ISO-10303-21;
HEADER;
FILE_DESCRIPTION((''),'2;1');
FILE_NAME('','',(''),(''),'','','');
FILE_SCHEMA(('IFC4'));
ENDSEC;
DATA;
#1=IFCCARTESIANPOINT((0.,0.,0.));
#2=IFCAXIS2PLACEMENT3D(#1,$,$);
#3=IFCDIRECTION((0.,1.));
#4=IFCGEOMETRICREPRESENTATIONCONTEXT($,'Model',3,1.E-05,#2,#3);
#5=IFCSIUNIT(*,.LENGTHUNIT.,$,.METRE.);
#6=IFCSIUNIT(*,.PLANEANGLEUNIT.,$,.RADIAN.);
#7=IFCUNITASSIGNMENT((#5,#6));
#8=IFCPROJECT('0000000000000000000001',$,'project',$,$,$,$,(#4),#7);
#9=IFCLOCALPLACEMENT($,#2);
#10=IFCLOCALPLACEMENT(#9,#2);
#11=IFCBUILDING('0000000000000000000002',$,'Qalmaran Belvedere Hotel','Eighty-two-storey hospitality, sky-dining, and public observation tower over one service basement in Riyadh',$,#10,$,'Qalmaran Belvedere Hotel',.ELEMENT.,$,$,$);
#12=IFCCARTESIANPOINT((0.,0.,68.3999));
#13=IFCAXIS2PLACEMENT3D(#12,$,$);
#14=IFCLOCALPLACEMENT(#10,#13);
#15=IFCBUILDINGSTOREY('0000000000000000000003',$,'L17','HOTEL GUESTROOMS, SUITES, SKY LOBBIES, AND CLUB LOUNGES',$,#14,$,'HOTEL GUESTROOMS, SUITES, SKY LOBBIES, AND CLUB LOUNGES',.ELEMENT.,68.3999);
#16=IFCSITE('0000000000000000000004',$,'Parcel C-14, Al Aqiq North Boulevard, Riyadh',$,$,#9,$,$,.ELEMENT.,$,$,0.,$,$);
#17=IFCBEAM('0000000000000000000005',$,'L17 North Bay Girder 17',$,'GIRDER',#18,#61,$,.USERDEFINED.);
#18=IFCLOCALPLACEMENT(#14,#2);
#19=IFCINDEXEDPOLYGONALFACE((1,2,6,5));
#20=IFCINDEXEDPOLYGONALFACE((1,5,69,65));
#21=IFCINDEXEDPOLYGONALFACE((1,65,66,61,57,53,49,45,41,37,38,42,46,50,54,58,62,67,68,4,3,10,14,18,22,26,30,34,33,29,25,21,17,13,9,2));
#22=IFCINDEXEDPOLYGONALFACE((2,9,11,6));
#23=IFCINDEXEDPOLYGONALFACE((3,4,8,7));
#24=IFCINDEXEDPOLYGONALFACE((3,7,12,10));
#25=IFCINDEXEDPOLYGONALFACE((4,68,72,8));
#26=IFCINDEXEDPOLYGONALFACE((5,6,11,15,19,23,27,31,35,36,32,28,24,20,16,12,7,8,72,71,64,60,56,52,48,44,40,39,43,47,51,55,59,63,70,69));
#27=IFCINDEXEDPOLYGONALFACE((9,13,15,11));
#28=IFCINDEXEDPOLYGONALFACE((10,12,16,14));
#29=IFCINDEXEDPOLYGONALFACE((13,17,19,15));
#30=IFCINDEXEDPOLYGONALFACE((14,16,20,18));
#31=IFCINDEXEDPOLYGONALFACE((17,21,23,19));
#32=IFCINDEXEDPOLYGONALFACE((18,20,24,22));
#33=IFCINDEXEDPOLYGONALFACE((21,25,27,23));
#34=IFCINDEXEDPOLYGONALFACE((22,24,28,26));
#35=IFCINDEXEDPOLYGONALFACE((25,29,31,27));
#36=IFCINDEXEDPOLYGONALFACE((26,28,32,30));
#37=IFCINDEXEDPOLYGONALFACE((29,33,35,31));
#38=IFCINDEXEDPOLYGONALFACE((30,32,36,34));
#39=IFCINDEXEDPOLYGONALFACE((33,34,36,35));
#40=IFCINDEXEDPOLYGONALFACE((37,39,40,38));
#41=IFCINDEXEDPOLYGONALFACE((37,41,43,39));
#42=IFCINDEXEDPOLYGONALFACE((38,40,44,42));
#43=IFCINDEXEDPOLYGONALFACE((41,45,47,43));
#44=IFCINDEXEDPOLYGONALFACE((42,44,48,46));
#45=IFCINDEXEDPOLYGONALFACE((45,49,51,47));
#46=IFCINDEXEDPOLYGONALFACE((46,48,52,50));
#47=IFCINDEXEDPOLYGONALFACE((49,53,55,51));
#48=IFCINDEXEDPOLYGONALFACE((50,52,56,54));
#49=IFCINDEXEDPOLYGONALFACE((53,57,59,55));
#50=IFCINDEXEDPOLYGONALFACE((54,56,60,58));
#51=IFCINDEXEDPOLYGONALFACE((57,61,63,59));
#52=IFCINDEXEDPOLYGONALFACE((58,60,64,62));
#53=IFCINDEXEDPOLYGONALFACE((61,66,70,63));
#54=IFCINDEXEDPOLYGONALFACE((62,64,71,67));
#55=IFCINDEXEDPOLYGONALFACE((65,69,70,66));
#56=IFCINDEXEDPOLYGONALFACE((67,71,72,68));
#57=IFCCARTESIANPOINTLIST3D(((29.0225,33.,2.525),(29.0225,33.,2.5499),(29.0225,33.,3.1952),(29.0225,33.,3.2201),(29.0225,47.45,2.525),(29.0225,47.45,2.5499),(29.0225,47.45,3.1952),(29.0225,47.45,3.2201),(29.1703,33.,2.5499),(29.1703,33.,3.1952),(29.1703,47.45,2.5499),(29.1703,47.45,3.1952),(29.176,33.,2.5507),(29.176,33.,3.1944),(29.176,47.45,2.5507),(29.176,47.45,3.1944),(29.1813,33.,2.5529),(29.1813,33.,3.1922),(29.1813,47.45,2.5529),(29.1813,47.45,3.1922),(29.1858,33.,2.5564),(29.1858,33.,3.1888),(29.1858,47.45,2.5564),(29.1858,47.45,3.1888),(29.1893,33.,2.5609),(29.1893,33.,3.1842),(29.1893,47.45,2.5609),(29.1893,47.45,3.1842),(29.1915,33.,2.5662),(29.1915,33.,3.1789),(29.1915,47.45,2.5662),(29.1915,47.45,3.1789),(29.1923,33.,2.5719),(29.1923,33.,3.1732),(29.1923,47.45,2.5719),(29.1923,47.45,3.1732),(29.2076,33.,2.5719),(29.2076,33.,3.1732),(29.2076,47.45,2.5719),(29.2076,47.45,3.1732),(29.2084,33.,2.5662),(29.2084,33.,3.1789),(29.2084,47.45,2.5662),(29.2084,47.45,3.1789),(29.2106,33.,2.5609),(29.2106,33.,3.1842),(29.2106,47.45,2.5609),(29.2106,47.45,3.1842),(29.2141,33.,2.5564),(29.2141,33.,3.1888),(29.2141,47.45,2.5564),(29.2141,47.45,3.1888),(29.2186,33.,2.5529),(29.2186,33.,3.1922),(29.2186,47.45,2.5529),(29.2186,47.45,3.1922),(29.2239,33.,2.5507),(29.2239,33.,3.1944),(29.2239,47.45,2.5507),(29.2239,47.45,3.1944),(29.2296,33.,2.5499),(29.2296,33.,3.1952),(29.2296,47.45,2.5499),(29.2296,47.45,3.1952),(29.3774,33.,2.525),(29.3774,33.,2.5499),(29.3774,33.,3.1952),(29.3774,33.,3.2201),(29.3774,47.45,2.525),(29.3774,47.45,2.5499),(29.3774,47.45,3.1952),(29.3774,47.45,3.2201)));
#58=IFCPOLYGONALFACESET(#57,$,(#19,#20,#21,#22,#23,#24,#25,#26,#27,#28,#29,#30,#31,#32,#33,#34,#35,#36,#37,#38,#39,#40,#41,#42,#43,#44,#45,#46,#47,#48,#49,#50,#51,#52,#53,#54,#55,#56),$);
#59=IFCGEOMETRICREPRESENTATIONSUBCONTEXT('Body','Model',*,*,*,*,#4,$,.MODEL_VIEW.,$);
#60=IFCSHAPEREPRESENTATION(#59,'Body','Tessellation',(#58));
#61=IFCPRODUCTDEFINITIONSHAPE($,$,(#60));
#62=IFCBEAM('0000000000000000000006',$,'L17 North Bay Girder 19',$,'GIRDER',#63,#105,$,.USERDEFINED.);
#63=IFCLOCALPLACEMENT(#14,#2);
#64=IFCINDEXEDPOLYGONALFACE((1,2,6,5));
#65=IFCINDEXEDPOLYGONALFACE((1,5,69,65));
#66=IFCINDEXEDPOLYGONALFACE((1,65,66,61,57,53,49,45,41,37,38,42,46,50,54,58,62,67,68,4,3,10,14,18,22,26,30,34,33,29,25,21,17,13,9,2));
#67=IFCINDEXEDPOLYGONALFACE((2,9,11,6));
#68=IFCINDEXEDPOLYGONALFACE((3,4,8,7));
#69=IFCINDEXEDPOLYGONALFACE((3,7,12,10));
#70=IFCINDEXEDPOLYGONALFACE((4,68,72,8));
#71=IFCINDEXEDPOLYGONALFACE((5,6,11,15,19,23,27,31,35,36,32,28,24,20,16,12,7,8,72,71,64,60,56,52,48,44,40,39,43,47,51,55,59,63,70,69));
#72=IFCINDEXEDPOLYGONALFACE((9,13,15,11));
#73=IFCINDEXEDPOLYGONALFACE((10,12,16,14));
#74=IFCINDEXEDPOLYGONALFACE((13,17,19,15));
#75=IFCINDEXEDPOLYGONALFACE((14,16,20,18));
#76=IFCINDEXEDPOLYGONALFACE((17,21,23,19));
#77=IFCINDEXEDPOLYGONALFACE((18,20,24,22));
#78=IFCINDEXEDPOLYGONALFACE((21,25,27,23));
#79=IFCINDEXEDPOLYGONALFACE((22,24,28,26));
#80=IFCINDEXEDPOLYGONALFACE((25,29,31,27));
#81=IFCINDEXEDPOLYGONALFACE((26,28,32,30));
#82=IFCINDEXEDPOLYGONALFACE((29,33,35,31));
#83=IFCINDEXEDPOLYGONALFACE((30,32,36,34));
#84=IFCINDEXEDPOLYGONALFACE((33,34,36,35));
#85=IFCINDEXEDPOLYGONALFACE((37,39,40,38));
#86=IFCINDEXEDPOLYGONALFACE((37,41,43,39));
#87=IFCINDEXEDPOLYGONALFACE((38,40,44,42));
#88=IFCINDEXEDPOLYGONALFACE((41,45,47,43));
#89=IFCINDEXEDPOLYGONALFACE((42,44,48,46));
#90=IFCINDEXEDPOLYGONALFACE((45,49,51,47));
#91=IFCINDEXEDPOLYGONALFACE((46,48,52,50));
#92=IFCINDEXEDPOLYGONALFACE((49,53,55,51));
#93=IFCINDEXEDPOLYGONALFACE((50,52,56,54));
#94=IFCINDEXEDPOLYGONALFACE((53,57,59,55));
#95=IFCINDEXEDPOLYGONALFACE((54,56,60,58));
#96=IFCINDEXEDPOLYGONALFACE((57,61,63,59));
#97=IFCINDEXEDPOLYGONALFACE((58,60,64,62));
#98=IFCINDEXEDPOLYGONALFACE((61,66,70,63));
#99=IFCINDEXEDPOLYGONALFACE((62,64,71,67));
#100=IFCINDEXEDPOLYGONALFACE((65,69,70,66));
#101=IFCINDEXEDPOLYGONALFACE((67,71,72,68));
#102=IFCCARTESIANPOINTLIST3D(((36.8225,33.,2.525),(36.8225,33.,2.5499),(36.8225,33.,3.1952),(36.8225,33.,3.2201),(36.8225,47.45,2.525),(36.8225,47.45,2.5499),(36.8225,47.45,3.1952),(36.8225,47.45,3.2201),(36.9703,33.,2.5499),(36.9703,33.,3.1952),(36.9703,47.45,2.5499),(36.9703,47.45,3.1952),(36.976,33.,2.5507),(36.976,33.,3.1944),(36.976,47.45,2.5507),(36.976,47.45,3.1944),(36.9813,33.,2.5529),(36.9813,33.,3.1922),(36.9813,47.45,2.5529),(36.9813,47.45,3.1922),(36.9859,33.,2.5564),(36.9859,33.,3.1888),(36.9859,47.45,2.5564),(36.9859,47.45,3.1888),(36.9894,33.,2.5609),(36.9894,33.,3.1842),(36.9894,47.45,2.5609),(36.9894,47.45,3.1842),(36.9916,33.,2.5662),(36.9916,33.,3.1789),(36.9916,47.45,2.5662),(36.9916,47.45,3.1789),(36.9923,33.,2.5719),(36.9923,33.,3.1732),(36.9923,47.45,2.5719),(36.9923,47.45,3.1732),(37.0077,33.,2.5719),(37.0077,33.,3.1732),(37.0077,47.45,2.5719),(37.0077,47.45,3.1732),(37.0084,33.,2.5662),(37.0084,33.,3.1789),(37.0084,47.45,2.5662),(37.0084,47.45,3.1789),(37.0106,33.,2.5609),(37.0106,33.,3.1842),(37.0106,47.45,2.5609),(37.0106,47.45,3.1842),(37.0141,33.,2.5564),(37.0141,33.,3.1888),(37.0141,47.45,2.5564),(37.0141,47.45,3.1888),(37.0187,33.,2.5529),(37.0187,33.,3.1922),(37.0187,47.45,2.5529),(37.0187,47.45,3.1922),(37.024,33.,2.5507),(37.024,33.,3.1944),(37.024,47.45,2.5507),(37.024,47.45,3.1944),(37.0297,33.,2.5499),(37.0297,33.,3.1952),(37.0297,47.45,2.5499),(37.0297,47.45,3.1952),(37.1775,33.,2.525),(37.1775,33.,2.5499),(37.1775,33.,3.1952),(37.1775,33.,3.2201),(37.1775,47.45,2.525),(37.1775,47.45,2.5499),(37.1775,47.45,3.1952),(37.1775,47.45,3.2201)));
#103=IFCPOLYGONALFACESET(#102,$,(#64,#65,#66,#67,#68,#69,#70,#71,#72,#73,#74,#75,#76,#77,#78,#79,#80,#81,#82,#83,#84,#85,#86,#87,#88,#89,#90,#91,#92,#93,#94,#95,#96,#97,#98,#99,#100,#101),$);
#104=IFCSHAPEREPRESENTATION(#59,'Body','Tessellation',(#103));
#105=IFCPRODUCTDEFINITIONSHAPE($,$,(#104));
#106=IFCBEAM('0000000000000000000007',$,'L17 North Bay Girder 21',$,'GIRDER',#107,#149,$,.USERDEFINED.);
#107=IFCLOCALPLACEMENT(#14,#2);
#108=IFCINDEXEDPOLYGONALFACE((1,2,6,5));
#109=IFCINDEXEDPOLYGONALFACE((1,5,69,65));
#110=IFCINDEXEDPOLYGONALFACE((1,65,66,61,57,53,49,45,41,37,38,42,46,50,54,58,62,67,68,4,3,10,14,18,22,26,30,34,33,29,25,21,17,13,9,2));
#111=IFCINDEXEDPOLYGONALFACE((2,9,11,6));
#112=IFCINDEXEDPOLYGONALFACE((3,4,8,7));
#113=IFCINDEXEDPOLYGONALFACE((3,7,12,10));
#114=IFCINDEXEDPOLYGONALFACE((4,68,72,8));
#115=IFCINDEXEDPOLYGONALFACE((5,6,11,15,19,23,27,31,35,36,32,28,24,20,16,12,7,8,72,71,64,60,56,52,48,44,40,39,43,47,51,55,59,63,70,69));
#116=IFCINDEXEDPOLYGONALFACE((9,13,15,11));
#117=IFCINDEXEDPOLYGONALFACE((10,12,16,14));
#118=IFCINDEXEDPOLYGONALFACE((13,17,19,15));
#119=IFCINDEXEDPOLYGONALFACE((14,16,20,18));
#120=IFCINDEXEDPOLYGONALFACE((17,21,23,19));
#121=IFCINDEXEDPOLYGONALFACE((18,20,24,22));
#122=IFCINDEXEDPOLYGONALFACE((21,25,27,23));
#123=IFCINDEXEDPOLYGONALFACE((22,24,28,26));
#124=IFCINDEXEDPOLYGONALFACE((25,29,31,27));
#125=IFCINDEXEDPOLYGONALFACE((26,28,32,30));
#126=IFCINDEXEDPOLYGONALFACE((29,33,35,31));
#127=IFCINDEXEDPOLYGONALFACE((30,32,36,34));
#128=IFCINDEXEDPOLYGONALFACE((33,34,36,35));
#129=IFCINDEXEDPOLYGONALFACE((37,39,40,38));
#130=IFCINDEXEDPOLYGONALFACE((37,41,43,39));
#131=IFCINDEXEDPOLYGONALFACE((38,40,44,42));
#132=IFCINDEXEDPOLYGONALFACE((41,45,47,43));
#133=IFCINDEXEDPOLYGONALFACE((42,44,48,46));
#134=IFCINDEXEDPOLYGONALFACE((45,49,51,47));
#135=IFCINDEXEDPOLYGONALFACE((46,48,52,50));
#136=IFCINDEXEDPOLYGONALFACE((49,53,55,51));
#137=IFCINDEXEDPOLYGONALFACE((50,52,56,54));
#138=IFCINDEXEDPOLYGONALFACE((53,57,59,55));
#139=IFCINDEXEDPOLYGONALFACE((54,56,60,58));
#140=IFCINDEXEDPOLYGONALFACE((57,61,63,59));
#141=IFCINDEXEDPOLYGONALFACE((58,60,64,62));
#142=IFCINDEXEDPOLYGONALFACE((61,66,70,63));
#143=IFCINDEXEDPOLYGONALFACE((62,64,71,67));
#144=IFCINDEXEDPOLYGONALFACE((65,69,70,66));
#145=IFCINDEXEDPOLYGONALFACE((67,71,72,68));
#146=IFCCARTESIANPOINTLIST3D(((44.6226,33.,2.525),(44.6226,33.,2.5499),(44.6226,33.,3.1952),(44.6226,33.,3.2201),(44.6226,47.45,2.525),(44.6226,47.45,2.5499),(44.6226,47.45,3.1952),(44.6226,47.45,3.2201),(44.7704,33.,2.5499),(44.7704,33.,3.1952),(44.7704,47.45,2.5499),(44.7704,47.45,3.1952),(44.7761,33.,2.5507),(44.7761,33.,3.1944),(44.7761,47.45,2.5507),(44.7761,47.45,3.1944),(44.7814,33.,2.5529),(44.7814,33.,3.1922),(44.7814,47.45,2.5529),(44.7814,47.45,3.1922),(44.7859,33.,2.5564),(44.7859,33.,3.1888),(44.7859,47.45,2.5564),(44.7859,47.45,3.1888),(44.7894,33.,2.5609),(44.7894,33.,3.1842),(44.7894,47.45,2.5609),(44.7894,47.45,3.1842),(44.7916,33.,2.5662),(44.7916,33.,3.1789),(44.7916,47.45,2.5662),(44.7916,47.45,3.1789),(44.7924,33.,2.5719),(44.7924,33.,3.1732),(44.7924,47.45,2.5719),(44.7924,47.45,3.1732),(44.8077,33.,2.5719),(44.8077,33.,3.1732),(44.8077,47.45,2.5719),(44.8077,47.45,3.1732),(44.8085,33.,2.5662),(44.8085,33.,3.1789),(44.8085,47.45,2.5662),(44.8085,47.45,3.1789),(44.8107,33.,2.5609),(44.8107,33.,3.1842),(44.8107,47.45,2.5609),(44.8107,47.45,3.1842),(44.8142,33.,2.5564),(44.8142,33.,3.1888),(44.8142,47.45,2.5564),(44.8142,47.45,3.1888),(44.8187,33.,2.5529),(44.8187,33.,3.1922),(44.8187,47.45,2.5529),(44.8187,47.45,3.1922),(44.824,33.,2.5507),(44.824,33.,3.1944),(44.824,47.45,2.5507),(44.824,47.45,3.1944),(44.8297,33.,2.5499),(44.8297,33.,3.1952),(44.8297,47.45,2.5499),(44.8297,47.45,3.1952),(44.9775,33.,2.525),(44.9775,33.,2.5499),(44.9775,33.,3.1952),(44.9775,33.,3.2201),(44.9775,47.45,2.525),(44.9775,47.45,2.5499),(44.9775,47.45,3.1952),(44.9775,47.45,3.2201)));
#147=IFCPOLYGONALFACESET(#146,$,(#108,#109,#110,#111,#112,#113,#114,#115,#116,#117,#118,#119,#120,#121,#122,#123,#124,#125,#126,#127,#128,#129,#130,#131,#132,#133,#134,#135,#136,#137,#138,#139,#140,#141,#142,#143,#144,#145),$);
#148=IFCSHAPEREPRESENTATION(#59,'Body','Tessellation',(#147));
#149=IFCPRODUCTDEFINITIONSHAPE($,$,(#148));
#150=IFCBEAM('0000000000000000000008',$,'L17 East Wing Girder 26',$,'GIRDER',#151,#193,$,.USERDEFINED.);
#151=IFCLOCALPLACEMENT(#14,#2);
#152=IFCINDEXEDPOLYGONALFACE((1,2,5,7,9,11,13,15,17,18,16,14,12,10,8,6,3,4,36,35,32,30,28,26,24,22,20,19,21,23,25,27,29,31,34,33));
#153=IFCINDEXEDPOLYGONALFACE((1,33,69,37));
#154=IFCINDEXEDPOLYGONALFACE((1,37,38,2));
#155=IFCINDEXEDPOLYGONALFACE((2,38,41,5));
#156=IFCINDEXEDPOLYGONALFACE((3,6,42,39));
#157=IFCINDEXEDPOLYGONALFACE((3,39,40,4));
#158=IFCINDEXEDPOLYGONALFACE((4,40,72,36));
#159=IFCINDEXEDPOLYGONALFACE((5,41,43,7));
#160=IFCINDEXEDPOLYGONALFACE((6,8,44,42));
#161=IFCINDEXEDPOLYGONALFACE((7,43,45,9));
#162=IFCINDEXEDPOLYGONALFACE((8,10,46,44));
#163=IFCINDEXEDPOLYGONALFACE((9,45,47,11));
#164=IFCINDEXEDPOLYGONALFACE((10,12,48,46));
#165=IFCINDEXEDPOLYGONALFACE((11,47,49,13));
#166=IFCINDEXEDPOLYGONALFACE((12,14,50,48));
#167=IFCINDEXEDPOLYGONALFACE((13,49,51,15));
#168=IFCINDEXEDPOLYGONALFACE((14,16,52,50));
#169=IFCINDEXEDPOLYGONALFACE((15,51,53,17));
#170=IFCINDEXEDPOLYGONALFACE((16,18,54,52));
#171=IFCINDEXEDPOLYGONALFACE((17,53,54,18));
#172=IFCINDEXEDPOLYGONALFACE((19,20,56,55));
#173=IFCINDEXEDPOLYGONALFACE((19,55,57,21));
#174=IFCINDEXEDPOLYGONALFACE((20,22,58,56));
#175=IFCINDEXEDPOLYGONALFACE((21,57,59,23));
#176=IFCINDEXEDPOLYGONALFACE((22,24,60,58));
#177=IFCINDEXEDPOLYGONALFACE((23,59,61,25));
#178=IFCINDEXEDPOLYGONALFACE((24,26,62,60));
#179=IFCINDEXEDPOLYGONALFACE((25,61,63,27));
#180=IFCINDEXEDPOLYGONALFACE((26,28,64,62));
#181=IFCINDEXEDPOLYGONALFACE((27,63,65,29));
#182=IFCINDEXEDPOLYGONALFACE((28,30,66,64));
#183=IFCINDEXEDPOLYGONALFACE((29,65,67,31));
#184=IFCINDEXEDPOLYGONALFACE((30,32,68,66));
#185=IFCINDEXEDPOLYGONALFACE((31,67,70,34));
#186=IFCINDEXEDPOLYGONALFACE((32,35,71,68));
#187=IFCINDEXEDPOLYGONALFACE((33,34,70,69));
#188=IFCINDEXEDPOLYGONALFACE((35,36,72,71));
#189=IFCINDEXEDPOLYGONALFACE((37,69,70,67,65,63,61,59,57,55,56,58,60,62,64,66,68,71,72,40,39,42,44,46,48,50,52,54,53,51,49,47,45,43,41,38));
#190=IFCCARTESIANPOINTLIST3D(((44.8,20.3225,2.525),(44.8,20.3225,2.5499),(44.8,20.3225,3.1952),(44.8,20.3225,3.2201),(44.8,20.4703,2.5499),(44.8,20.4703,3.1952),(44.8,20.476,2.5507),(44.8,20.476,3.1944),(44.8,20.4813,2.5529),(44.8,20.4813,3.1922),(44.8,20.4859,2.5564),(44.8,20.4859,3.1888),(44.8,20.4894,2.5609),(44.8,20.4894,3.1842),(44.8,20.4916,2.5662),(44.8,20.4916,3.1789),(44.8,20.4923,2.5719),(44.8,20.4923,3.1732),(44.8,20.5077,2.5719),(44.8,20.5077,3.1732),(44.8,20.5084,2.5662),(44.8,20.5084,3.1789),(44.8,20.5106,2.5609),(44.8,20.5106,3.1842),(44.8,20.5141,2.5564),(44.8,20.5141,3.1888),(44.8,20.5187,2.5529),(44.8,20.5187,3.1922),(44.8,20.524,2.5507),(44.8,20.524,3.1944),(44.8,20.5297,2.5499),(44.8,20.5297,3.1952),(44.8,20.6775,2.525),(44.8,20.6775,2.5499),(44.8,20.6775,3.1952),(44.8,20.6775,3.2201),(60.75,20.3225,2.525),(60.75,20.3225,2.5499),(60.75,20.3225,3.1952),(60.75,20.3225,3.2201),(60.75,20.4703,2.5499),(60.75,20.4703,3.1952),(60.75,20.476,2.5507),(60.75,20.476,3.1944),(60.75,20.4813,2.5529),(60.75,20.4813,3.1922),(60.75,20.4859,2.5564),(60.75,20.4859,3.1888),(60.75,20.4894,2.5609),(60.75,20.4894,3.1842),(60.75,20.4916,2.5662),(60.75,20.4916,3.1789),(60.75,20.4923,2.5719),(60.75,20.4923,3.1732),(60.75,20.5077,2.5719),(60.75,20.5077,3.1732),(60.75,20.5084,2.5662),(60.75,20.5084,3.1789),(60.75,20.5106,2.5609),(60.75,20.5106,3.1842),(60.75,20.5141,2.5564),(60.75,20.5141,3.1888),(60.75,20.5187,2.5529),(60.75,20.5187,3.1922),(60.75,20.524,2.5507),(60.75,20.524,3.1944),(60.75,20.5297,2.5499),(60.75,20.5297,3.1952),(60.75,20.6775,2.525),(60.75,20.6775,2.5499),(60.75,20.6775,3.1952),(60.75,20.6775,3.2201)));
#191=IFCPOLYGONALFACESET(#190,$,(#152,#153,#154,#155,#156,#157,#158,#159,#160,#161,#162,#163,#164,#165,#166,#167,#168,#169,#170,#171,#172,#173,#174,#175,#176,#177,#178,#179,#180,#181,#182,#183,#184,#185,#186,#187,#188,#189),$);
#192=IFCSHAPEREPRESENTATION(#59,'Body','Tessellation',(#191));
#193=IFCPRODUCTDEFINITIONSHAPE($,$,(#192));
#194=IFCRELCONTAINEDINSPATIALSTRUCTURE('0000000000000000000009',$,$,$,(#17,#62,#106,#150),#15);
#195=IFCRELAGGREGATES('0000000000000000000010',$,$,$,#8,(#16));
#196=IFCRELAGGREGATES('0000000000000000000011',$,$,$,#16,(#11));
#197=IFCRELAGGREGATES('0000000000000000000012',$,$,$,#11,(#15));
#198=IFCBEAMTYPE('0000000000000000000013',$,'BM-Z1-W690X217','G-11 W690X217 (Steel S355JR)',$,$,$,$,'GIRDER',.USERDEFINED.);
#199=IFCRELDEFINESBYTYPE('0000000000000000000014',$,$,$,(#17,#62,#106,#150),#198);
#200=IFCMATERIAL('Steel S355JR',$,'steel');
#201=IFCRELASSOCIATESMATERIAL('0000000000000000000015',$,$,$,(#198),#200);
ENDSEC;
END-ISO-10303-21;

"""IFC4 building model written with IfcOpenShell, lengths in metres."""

from ifc_helpers import new_model, si_unit, direction, frame, origin, origin_2d, place, context, subcontext, project, spatial, i_section, extrude, material, material_profile, profile_set, type_object, element, save


model = new_model("IFC4")

# Units and contexts
model_context = context("Model", 3, precision=1e-05, world=origin(), true_north=direction((0.0, 1.0)))
body_context = subcontext(model_context, "Body", "Model", "MODEL_VIEW")
ifc_project = project(units=[si_unit("LENGTHUNIT", "METRE"), si_unit("PLANEANGLEUNIT", "RADIAN")], contexts=[model_context])

# Site, building, storey
site_placement = place(None, origin())
site = spatial("IfcSite", under=ifc_project, at=site_placement, Name="Parcel C-14, Al Aqiq North Boulevard, Riyadh", CompositionType="ELEMENT", RefElevation=0.0)
building_placement = place(site_placement, origin())
building = spatial("IfcBuilding", under=site, at=building_placement, Name="Qalmaran Belvedere Hotel", Description="Eighty-two-storey hospitality, sky-dining, and public observation tower over one service basement in Riyadh", LongName="Qalmaran Belvedere Hotel", CompositionType="ELEMENT")
storey_placement = place(building_placement, frame((0.0, 0.0, 68.3999)))
storey = spatial("IfcBuildingStorey", under=building, at=storey_placement, Name="L17", Description="HOTEL GUESTROOMS, SUITES, SKY LOBBIES, AND CLUB LOUNGES", LongName="HOTEL GUESTROOMS, SUITES, SKY LOBBIES, AND CLUB LOUNGES", CompositionType="ELEMENT", Elevation=68.3999)

# Beams
ifc_material_1 = material(Name="Steel S355JR", Category="steel")
ifc_material_profile_1 = material_profile(ifc_material_1, i_section(OverallWidth=0.355, OverallDepth=0.6951, WebThickness=0.0154, FlangeThickness=0.0249, FilletRadius=0.022, at=origin_2d()), Name="W690X217")
ifc_profile_set_1 = profile_set([ifc_material_profile_1], Name="Steel S355JR")
beam_type_1 = type_object("IfcBeamType", Name="BM-Z1-W690X217", Description="G-11 W690X217 (Steel S355JR)", ElementType="GIRDER", PredefinedType="USERDEFINED", material=ifc_profile_set_1)
for number, where, z_axis, x_axis, name in (
    (1, (29.2, 33.0, 2.8726), (0.0, 1.0, 0.0), (-1.0, 0.0, 0.0), "L17 North Bay Girder 17"),
    (2, (37.0, 33.0, 2.8726), (0.0, 1.0, 0.0), (-1.0, 0.0, 0.0), "L17 North Bay Girder 19"),
    (3, (44.8, 33.0, 2.8726), (0.0, 1.0, 0.0), (-1.0, 0.0, 0.0), "L17 North Bay Girder 21"),
):
    element("IfcBeam", number, at=place(storey_placement, frame(where, z_axis=z_axis, x_axis=x_axis)), inside=storey, type_object=beam_type_1, Name=name, ObjectType="GIRDER", PredefinedType="USERDEFINED", context=body_context, shape_type="SweptSolid", body=[
        extrude(i_section(OverallWidth=0.355, OverallDepth=0.6951, WebThickness=0.0154, FlangeThickness=0.0249, FilletRadius=0.022, at=origin_2d()), origin(), (0.0, 0.0, 1.0), 14.45),
    ])
for number, where, z_axis, x_axis, name in (
    (4, (44.8, 20.5, 2.8726), (1.0, 0.0, 0.0), (0.0, 1.0, 0.0), "L17 East Wing Girder 26"),
):
    element("IfcBeam", number, at=place(storey_placement, frame(where, z_axis=z_axis, x_axis=x_axis)), inside=storey, type_object=beam_type_1, Name=name, ObjectType="GIRDER", PredefinedType="USERDEFINED", context=body_context, shape_type="SweptSolid", body=[
        extrude(i_section(OverallWidth=0.355, OverallDepth=0.6951, WebThickness=0.0154, FlangeThickness=0.0249, FilletRadius=0.022, at=origin_2d()), origin(), (0.0, 0.0, 1.0), 15.95),
    ])

save(model, "model.ifc")
